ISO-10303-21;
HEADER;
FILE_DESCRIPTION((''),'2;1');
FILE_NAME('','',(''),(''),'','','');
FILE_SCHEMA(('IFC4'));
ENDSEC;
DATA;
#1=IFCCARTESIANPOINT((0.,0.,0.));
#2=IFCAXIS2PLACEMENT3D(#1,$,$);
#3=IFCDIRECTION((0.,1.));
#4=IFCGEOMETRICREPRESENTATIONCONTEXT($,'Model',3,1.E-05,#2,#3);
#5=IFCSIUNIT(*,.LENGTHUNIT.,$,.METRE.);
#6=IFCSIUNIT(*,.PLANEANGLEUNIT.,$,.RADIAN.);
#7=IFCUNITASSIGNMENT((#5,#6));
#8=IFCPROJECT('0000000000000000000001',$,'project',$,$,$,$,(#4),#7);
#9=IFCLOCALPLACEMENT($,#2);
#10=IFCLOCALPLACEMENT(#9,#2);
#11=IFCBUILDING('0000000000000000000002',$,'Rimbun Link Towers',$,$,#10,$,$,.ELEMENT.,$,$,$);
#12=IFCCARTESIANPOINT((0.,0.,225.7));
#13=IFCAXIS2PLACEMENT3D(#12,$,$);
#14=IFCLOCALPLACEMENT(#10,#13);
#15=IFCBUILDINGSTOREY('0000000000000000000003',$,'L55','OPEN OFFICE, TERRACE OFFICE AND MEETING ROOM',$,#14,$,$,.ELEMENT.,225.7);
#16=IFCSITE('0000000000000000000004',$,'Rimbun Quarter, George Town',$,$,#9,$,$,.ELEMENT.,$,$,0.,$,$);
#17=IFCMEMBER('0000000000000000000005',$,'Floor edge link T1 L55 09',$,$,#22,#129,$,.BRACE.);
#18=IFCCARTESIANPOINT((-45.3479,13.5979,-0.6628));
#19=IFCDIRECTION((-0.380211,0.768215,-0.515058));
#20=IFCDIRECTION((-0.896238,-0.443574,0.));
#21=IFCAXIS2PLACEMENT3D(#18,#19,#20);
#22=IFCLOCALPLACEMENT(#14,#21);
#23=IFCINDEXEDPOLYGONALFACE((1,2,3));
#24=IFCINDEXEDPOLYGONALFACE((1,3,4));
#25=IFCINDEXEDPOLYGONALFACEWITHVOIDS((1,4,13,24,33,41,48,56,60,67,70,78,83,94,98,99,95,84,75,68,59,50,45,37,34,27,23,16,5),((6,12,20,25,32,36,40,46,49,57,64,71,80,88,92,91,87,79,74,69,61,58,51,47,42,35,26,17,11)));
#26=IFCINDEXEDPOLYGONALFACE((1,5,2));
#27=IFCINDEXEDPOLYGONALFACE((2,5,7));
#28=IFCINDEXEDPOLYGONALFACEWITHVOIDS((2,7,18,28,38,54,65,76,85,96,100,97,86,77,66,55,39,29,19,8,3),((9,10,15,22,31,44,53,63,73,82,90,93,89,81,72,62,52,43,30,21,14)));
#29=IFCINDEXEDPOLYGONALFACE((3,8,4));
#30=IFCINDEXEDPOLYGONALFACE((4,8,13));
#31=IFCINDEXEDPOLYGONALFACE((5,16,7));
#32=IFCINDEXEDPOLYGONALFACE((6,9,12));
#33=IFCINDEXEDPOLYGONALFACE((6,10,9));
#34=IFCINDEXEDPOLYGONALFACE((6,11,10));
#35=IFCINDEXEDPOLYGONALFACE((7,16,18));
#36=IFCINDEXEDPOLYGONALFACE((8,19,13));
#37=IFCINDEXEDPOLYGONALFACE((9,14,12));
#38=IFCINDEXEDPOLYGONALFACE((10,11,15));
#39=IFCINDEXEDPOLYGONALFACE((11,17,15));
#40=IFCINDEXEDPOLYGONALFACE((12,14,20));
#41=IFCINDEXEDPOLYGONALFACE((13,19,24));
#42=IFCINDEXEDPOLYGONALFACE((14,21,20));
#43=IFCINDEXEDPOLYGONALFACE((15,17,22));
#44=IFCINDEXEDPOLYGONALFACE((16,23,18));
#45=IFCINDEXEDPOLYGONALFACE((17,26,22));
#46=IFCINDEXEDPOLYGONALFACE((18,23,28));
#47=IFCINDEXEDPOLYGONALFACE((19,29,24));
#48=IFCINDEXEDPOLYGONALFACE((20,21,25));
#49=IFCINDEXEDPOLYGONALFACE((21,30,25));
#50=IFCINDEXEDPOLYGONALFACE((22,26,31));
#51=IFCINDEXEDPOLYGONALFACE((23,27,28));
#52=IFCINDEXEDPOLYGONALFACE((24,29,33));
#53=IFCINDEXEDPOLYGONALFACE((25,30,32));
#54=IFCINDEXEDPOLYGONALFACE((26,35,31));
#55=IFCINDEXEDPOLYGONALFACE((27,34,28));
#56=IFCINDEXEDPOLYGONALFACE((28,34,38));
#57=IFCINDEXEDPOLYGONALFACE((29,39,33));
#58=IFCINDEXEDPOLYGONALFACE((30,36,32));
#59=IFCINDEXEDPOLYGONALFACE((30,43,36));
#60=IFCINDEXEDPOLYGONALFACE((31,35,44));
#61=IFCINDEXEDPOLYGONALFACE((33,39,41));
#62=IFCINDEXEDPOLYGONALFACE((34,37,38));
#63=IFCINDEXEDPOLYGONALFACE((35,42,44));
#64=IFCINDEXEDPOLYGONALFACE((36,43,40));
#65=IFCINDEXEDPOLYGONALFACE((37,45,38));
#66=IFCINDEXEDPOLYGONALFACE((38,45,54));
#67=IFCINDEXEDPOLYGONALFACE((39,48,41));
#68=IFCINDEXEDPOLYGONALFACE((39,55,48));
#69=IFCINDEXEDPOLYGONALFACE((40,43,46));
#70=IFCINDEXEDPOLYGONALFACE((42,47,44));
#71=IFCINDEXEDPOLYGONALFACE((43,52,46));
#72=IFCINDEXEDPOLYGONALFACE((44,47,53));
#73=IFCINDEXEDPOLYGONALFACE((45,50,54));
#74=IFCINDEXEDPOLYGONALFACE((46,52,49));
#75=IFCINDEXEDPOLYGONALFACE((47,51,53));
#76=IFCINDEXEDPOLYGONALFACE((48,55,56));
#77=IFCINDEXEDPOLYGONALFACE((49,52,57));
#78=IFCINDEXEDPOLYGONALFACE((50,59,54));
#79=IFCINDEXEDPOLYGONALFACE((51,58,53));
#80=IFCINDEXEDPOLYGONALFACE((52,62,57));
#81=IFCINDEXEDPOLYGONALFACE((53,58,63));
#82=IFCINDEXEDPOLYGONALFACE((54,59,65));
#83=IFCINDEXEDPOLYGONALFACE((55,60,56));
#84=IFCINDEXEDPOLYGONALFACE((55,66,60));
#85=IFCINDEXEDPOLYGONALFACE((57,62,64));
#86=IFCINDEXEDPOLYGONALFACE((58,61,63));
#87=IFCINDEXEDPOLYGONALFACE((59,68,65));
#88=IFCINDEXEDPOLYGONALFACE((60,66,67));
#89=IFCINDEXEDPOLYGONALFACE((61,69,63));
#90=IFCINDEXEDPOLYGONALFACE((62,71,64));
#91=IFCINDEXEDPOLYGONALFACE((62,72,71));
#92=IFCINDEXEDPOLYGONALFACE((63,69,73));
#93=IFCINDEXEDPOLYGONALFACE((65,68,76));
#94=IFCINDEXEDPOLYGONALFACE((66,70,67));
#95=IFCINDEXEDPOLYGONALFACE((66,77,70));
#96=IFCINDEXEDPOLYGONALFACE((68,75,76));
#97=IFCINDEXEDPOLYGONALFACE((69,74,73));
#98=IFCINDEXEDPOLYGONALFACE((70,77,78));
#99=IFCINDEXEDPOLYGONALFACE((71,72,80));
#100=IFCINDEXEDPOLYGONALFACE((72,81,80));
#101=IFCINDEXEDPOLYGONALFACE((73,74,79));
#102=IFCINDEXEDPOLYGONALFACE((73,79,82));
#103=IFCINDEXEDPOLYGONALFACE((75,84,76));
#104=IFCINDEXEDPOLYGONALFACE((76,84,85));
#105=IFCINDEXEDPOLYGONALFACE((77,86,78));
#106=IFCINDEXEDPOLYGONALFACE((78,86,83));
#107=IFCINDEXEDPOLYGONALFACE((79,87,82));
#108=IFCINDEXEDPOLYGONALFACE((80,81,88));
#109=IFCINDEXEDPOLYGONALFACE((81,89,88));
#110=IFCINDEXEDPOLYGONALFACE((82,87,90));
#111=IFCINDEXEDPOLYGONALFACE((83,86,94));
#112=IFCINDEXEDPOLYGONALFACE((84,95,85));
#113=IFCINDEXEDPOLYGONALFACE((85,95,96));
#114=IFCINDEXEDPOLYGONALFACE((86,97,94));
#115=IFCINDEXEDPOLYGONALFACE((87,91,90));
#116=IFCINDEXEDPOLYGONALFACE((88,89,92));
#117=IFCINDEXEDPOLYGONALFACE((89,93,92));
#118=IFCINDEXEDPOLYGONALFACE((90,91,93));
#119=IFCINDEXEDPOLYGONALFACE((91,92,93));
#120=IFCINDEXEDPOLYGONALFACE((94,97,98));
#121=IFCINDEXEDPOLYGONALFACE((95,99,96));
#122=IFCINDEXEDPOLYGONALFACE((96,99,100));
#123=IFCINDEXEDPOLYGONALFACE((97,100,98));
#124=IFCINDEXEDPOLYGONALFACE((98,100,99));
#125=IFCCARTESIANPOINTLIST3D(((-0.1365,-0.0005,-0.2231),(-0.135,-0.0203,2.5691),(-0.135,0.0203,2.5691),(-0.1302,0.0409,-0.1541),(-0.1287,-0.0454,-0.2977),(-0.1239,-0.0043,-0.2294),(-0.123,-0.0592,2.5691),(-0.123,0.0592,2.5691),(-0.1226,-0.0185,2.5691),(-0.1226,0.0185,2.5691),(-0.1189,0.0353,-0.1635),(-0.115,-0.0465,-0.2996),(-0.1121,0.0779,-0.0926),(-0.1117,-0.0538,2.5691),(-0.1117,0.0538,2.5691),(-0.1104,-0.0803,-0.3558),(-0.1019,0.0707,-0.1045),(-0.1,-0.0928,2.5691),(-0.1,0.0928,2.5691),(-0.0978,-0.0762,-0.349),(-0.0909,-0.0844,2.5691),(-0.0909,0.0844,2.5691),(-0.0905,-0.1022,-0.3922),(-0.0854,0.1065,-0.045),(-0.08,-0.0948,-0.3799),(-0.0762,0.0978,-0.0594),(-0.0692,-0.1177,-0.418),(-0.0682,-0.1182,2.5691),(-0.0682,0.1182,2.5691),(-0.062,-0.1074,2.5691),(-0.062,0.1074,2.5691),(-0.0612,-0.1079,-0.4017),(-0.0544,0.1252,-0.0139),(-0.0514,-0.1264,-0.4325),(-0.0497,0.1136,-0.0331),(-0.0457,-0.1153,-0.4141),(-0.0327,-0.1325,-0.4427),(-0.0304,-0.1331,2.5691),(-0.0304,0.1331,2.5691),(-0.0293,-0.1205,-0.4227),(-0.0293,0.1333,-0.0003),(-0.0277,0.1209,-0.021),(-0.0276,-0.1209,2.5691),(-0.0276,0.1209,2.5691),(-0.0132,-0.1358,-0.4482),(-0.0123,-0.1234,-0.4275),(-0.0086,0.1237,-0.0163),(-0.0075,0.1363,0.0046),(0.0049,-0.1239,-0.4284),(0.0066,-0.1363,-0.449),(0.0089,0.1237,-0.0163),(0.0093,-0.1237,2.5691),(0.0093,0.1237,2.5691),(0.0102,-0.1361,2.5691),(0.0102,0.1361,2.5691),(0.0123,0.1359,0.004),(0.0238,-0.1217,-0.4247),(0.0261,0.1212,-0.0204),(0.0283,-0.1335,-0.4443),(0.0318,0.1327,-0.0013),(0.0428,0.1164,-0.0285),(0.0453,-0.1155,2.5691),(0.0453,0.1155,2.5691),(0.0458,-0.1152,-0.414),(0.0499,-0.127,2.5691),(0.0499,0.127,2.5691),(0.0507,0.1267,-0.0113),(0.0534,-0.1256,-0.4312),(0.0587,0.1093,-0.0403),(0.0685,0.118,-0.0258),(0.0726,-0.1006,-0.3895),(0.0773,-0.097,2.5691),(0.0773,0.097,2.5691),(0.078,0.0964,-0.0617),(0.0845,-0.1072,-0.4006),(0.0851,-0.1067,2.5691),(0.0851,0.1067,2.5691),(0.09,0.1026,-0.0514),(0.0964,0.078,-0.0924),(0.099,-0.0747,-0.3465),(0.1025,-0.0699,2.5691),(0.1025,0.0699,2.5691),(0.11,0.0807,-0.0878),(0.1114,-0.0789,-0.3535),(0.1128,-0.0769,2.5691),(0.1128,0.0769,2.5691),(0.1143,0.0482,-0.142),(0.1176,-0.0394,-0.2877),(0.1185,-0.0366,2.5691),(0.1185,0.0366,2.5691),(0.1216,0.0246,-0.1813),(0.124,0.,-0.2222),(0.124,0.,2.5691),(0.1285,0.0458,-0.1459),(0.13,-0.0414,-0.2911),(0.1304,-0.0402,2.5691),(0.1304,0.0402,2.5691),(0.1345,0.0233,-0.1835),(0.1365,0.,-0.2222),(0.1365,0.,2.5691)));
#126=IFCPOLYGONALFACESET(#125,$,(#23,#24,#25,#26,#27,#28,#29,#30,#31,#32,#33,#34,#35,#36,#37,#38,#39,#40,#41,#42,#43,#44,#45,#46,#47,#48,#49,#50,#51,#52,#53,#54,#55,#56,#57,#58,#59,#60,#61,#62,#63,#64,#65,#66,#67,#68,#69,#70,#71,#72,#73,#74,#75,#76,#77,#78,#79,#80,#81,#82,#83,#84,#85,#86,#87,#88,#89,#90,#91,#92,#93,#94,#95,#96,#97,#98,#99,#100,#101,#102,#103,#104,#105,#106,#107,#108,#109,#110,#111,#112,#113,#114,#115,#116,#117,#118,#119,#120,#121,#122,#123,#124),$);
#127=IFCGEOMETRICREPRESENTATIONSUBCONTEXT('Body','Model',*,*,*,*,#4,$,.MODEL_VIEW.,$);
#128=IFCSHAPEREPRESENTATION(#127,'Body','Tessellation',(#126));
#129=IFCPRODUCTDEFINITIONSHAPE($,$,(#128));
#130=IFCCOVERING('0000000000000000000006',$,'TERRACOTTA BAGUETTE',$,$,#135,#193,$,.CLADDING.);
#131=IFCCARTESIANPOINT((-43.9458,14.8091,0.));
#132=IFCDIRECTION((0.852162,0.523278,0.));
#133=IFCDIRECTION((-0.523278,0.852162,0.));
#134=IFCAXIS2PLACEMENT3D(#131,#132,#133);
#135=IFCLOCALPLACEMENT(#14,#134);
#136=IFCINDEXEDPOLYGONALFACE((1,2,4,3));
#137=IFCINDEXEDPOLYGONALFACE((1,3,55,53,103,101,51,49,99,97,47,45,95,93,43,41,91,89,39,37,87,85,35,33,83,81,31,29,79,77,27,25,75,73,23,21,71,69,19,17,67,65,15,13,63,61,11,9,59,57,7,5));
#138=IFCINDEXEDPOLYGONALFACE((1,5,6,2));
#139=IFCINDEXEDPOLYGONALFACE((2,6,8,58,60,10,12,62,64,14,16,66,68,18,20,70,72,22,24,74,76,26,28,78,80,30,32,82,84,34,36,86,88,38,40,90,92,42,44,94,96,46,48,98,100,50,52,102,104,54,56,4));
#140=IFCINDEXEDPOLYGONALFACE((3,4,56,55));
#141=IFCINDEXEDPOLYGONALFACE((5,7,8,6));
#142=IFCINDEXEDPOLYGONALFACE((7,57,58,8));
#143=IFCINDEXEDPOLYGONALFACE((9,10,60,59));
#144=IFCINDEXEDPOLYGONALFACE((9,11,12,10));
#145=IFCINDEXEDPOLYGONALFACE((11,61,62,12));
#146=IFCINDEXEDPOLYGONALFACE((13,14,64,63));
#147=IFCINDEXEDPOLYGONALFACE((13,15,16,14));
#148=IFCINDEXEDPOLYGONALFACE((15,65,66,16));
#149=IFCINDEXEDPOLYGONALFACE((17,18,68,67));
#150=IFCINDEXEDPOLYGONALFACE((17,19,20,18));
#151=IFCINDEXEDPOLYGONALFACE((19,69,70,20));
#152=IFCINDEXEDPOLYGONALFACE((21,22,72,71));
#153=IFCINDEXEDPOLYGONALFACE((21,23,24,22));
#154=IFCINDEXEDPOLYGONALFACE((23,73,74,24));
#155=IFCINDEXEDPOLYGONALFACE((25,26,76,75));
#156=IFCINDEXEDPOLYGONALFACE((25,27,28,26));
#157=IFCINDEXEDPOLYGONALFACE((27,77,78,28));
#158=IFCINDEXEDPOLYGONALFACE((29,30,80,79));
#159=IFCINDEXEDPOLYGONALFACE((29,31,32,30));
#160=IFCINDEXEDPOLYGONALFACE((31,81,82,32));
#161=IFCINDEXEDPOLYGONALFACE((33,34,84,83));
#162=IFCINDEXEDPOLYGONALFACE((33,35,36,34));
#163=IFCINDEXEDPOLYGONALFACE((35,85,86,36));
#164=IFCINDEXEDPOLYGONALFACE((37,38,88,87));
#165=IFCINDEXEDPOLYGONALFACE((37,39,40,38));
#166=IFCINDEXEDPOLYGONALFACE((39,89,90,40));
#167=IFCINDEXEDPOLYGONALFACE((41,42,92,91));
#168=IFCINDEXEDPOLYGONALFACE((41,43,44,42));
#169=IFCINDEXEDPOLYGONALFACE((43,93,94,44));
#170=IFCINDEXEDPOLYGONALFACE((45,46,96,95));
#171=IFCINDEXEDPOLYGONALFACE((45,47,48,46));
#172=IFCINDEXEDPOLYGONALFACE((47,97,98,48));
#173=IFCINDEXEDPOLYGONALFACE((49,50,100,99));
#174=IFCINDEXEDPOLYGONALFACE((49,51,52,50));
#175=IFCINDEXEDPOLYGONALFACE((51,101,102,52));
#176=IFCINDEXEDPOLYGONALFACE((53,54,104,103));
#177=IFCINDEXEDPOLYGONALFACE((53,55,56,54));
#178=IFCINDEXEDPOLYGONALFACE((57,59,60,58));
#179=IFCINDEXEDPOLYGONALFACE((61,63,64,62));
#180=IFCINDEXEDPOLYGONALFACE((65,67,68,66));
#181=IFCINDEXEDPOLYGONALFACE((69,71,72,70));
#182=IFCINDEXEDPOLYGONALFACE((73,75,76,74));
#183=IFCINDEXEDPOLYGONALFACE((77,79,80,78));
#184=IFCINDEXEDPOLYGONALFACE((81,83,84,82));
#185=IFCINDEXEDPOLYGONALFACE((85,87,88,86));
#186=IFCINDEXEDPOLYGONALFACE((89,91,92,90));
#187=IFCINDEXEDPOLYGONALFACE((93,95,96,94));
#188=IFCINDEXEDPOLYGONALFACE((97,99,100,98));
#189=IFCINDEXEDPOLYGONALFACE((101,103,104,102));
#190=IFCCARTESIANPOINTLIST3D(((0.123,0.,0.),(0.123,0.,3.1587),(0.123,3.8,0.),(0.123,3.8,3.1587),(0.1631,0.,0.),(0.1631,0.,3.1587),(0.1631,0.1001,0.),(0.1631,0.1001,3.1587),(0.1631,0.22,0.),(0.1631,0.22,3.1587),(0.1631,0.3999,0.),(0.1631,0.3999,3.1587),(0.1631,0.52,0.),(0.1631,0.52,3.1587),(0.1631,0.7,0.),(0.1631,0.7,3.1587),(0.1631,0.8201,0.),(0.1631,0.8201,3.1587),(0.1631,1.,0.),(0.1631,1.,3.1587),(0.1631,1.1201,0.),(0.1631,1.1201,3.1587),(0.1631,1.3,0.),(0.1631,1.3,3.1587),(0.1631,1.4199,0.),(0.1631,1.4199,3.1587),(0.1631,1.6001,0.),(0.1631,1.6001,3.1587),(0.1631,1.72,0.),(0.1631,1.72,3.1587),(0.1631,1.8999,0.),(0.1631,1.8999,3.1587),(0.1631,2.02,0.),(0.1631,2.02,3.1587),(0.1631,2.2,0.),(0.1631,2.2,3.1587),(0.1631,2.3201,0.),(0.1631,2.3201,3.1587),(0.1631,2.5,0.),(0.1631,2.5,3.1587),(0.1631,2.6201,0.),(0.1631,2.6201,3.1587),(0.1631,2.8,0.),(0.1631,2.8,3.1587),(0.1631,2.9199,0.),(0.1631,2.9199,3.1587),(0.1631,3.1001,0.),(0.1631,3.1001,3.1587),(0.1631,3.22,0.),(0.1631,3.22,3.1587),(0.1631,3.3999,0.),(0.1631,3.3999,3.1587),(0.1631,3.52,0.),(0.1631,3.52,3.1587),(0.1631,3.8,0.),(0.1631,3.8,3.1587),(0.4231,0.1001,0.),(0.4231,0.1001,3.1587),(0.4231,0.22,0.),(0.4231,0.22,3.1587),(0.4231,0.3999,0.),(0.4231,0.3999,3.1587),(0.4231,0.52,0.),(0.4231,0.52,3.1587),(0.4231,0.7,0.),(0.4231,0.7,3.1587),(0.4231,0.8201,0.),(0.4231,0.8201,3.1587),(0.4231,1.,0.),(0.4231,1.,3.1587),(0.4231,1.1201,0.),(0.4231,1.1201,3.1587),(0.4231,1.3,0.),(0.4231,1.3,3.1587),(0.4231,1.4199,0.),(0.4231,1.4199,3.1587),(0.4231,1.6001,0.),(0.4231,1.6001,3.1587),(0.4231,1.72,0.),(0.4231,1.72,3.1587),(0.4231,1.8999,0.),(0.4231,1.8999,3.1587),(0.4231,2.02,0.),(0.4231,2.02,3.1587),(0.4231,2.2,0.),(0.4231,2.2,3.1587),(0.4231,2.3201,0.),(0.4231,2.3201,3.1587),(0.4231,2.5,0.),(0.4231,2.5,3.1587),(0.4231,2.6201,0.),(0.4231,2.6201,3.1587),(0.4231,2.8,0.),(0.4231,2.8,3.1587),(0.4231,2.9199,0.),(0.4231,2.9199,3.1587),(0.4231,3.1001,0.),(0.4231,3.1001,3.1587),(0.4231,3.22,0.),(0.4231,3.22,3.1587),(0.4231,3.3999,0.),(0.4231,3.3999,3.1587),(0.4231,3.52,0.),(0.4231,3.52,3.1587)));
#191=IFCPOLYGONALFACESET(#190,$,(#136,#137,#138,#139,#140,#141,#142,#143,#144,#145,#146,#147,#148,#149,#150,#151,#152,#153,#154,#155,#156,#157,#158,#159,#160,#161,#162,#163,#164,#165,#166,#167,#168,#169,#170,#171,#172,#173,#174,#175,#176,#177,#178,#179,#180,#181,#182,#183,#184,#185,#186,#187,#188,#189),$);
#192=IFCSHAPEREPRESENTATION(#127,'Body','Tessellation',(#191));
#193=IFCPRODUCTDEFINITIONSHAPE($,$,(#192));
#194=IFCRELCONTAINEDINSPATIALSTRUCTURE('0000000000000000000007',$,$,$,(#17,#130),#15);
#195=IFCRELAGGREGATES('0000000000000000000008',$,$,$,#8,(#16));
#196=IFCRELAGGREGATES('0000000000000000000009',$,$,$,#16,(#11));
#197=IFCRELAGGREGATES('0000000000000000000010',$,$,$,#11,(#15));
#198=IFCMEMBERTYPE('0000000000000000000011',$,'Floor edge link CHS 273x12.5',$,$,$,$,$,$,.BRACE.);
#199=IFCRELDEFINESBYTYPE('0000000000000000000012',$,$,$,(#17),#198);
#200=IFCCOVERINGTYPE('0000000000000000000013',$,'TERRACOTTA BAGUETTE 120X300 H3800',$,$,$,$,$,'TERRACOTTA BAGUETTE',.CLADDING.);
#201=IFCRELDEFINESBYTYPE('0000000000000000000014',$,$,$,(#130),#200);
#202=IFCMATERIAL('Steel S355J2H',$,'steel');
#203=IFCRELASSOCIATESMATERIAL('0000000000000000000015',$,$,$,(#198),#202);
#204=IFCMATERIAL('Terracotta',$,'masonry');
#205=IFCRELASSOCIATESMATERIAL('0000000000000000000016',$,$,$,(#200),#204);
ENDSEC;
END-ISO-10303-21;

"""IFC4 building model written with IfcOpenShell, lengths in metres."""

from ifc_helpers import new_model, si_unit, direction, frame, origin, origin_2d, place, context, subcontext, project, spatial, polyline, hollow_circle, outline, extrude, clip, halfspace, material, material_profile, profile_set, type_object, element, save


model = new_model("IFC4")

# Units and contexts
model_context = context("Model", 3, precision=1e-05, world=origin(), true_north=direction((0.0, 1.0)))
body_context = subcontext(model_context, "Body", "Model", "MODEL_VIEW")
ifc_project = project(units=[si_unit("LENGTHUNIT", "METRE"), si_unit("PLANEANGLEUNIT", "RADIAN")], contexts=[model_context])

# Site, building, storey
site_placement = place(None, origin())
site = spatial("IfcSite", under=ifc_project, at=site_placement, Name="Rimbun Quarter, George Town", CompositionType="ELEMENT", RefElevation=0.0)
building_placement = place(site_placement, origin())
building = spatial("IfcBuilding", under=site, at=building_placement, Name="Rimbun Link Towers", CompositionType="ELEMENT")
storey_placement = place(building_placement, frame((0.0, 0.0, 225.7)))
storey = spatial("IfcBuildingStorey", under=building, at=storey_placement, Name="L55", Description="OPEN OFFICE, TERRACE OFFICE AND MEETING ROOM", CompositionType="ELEMENT", Elevation=225.7)

# Member
ifc_material_1 = material(Name="Steel S355J2H", Category="steel")
ifc_material_profile_1 = material_profile(ifc_material_1, hollow_circle(Radius=0.1365, WallThickness=0.0125, at=origin_2d()), Name="CHS 273x12.5")
ifc_profile_set_1 = profile_set([ifc_material_profile_1], Name="Steel S355J2H")
member_type_1 = type_object("IfcMemberType", Name="Floor edge link CHS 273x12.5", PredefinedType="BRACE", material=ifc_profile_set_1)
member_1_placement = place(storey_placement, frame((-45.3479, 13.5979, -0.6628), z_axis=(-0.380211, 0.768215, -0.515058), x_axis=(-0.896238, -0.443574, 0.0)))
element("IfcMember", 1, at=member_1_placement, inside=storey, type_object=member_type_1, Name="Floor edge link T1 L55 09", PredefinedType="BRACE", context=body_context, shape_type="Clipping", body=[
    clip(extrude(hollow_circle(Radius=0.1365, WallThickness=0.0125, at=origin_2d()), frame((0.0, 0.0, -0.4739)), (0.0, 0.0, 1.0), 3.043), halfspace(frame((0.0, 0.0, -0.2222), z_axis=(0.0, 0.857155, -0.515058)), False)),
])

# Covering
ifc_material_2 = material(Name="Terracotta", Category="masonry")
ifc_material_profile_2 = material_profile(ifc_material_2, outline(polyline([(0.123, 0.0), (0.1631, 0.0), (0.1631, 0.1001), (0.4231, 0.1001), (0.4231, 0.22), (0.1631, 0.22), (0.1631, 0.3999), (0.4231, 0.3999), (0.4231, 0.52), (0.1631, 0.52), (0.1631, 0.7), (0.4231, 0.7), (0.4231, 0.8201), (0.1631, 0.8201), (0.1631, 1.0), (0.4231, 1.0), (0.4231, 1.1201), (0.1631, 1.1201), (0.1631, 1.3), (0.4231, 1.3), (0.4231, 1.4199), (0.1631, 1.4199), (0.1631, 1.6001), (0.4231, 1.6001), (0.4231, 1.72), (0.1631, 1.72), (0.1631, 1.8999), (0.4231, 1.8999), (0.4231, 2.02), (0.1631, 2.02), (0.1631, 2.2), (0.4231, 2.2), (0.4231, 2.3201), (0.1631, 2.3201), (0.1631, 2.5), (0.4231, 2.5), (0.4231, 2.6201), (0.1631, 2.6201), (0.1631, 2.8), (0.4231, 2.8), (0.4231, 2.9199), (0.1631, 2.9199), (0.1631, 3.1001), (0.4231, 3.1001), (0.4231, 3.22), (0.1631, 3.22), (0.1631, 3.3999), (0.4231, 3.3999), (0.4231, 3.52), (0.1631, 3.52), (0.1631, 3.8), (0.123, 3.8), (0.123, 0.0)])), Name="BAGUETTE 120X300")
ifc_profile_set_2 = profile_set([ifc_material_profile_2], Name="Terracotta")
covering_type = type_object("IfcCoveringType", Name="TERRACOTTA BAGUETTE 120X300 H3800", ElementType="TERRACOTTA BAGUETTE", PredefinedType="CLADDING", material=ifc_profile_set_2)
covering_1_placement = place(storey_placement, frame((-43.9458, 14.8091, 0.0), z_axis=(0.852162, 0.523278, 0.0), x_axis=(-0.523278, 0.852162, 0.0)))
element("IfcCovering", 2, at=covering_1_placement, inside=storey, type_object=covering_type, Name="TERRACOTTA BAGUETTE", PredefinedType="CLADDING", context=body_context, shape_type="SweptSolid", body=[
    extrude(outline(polyline([(0.123, 0.0), (0.1631, 0.0), (0.1631, 0.1001), (0.4231, 0.1001), (0.4231, 0.22), (0.1631, 0.22), (0.1631, 0.3999), (0.4231, 0.3999), (0.4231, 0.52), (0.1631, 0.52), (0.1631, 0.7), (0.4231, 0.7), (0.4231, 0.8201), (0.1631, 0.8201), (0.1631, 1.0), (0.4231, 1.0), (0.4231, 1.1201), (0.1631, 1.1201), (0.1631, 1.3), (0.4231, 1.3), (0.4231, 1.4199), (0.1631, 1.4199), (0.1631, 1.6001), (0.4231, 1.6001), (0.4231, 1.72), (0.1631, 1.72), (0.1631, 1.8999), (0.4231, 1.8999), (0.4231, 2.02), (0.1631, 2.02), (0.1631, 2.2), (0.4231, 2.2), (0.4231, 2.3201), (0.1631, 2.3201), (0.1631, 2.5), (0.4231, 2.5), (0.4231, 2.6201), (0.1631, 2.6201), (0.1631, 2.8), (0.4231, 2.8), (0.4231, 2.9199), (0.1631, 2.9199), (0.1631, 3.1001), (0.4231, 3.1001), (0.4231, 3.22), (0.1631, 3.22), (0.1631, 3.3999), (0.4231, 3.3999), (0.4231, 3.52), (0.1631, 3.52), (0.1631, 3.8), (0.123, 3.8), (0.123, 0.0)])), origin(), (0.0, 0.0, 1.0), 3.1587),
])

save(model, "model.ifc")
